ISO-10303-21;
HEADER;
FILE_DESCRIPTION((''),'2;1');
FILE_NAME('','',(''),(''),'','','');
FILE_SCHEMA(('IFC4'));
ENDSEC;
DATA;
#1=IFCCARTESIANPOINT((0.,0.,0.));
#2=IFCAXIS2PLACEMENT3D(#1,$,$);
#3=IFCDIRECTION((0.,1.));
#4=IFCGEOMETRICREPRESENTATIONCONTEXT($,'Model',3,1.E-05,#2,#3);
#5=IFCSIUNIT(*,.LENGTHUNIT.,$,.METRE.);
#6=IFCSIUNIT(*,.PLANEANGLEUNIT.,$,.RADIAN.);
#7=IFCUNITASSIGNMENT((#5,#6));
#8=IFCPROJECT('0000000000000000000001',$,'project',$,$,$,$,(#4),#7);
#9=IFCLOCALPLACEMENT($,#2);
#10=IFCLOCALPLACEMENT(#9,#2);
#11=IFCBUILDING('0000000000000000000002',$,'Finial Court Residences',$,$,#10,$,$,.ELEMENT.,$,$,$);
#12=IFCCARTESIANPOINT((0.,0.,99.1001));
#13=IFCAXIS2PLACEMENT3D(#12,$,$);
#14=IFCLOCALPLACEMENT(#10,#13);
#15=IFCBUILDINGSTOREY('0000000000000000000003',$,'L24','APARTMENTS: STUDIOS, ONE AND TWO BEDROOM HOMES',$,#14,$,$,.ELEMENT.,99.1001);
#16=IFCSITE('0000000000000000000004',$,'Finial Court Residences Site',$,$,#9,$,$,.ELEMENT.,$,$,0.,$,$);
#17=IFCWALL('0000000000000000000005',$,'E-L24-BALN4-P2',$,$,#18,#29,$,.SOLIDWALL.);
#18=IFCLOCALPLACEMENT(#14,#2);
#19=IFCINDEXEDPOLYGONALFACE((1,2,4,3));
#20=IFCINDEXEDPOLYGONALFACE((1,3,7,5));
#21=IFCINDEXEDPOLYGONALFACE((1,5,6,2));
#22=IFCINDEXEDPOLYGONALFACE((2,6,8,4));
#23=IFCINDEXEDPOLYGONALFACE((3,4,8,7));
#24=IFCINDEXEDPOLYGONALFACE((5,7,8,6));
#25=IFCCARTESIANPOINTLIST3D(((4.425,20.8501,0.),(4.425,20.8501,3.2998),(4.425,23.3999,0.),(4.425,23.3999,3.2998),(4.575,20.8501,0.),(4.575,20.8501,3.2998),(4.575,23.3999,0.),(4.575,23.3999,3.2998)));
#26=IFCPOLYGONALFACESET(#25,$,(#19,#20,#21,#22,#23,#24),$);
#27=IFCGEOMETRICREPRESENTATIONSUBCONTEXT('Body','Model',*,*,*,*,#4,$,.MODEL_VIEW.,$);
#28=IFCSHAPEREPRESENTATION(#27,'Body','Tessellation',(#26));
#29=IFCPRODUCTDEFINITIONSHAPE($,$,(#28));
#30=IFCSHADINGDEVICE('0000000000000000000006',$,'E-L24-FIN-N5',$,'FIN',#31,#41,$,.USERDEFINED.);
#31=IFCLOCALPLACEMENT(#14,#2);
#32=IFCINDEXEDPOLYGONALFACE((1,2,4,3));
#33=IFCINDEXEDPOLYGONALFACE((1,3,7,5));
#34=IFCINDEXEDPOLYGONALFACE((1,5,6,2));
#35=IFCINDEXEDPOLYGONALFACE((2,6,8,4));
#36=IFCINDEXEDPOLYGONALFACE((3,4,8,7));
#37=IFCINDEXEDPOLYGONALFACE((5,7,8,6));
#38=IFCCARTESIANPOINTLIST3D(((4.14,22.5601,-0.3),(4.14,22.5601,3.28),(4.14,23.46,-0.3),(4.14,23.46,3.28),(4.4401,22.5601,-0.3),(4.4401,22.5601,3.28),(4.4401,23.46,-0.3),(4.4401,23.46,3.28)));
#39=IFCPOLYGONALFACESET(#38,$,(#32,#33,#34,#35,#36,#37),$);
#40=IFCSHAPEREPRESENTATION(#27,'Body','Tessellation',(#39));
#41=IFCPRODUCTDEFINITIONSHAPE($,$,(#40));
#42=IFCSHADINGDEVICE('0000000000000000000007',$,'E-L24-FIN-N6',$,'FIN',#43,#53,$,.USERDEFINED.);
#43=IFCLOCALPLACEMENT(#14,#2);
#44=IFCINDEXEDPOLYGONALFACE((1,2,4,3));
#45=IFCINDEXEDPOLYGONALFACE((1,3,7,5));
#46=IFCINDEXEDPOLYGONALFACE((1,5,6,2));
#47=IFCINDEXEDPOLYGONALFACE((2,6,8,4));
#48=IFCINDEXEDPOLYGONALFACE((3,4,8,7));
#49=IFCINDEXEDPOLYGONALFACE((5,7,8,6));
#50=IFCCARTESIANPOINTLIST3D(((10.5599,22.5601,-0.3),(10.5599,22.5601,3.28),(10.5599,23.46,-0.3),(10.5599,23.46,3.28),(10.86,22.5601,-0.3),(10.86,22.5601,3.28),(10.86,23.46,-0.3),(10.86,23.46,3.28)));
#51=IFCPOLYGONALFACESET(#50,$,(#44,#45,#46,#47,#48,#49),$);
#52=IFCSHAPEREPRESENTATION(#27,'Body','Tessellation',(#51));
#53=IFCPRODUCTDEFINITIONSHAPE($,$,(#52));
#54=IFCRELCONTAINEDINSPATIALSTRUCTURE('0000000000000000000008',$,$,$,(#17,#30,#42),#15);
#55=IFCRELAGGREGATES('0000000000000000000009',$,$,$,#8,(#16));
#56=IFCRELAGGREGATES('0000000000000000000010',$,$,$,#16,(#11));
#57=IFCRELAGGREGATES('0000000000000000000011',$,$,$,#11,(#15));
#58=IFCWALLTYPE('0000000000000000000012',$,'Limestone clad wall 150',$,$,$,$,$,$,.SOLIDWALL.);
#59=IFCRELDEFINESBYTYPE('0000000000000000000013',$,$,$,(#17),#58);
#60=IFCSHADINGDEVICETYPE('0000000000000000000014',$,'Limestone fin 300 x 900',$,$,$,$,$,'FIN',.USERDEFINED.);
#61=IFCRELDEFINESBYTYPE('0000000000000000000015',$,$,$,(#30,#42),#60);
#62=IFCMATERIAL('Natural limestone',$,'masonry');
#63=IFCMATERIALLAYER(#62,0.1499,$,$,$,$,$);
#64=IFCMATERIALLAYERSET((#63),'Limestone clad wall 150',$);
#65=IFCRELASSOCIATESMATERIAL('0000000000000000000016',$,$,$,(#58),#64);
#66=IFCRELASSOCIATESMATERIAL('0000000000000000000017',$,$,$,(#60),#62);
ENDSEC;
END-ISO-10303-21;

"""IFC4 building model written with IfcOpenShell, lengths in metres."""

from ifc_helpers import new_model, si_unit, direction, frame, frame_2d, origin, origin_2d, place, context, subcontext, project, spatial, rectangle, extrude, material, layer, layer_set, type_object, element, save


model = new_model("IFC4")

# Units and contexts
model_context = context("Model", 3, precision=1e-05, world=origin(), true_north=direction((0.0, 1.0)))
body_context = subcontext(model_context, "Body", "Model", "MODEL_VIEW")
ifc_project = project(units=[si_unit("LENGTHUNIT", "METRE"), si_unit("PLANEANGLEUNIT", "RADIAN")], contexts=[model_context])

# Site, building, storey
site_placement = place(None, origin())
site = spatial("IfcSite", under=ifc_project, at=site_placement, Name="Finial Court Residences Site", CompositionType="ELEMENT", RefElevation=0.0)
building_placement = place(site_placement, origin())
building = spatial("IfcBuilding", under=site, at=building_placement, Name="Finial Court Residences", CompositionType="ELEMENT")
storey_placement = place(building_placement, frame((0.0, 0.0, 99.1001)))
storey = spatial("IfcBuildingStorey", under=building, at=storey_placement, Name="L24", Description="APARTMENTS: STUDIOS, ONE AND TWO BEDROOM HOMES", CompositionType="ELEMENT", Elevation=99.1001)

# Wall
ifc_material_1 = material(Name="Natural limestone", Category="masonry")
ifc_layer_1 = layer(ifc_material_1, 0.1499)
ifc_layer_set_1 = layer_set([ifc_layer_1], Name="Limestone clad wall 150")
wall_type_1 = type_object("IfcWallType", Name="Limestone clad wall 150", PredefinedType="SOLIDWALL", material=ifc_layer_set_1)
wall_1_placement = place(storey_placement, frame((4.5, 20.8501, 0.0), z_axis=(0.0, 0.0, 1.0), x_axis=(0.0, 1.0, 0.0)))
element("IfcWall", 1, at=wall_1_placement, inside=storey, type_object=wall_type_1, Name="E-L24-BALN4-P2", PredefinedType="SOLIDWALL", context=body_context, shape_type="SweptSolid", body=[
    extrude(rectangle(XDim=2.5498, YDim=0.1499, at=frame_2d((1.2749, 0.0))), origin(), (0.0, 0.0, 1.0), 3.2998),
])

# Shading devices
shading_device_type = type_object("IfcShadingDeviceType", Name="Limestone fin 300 x 900", ElementType="FIN", PredefinedType="USERDEFINED", material=ifc_material_1)
for number, where, z_axis, x_axis, name in (
    (2, (4.29, 23.01, -0.3), (0.0, 0.0, 1.0), (1.0, 0.0, 0.0), "E-L24-FIN-N5"),
    (3, (10.71, 23.01, -0.3), (0.0, 0.0, 1.0), (1.0, 0.0, 0.0), "E-L24-FIN-N6"),
):
    element("IfcShadingDevice", number, at=place(storey_placement, frame(where, z_axis=z_axis, x_axis=x_axis)), inside=storey, type_object=shading_device_type, Name=name, ObjectType="FIN", PredefinedType="USERDEFINED", context=body_context, shape_type="SweptSolid", body=[
        extrude(rectangle(XDim=0.3, YDim=0.8999, at=origin_2d()), origin(), (0.0, 0.0, 1.0), 3.5801),
    ])

save(model, "model.ifc")
